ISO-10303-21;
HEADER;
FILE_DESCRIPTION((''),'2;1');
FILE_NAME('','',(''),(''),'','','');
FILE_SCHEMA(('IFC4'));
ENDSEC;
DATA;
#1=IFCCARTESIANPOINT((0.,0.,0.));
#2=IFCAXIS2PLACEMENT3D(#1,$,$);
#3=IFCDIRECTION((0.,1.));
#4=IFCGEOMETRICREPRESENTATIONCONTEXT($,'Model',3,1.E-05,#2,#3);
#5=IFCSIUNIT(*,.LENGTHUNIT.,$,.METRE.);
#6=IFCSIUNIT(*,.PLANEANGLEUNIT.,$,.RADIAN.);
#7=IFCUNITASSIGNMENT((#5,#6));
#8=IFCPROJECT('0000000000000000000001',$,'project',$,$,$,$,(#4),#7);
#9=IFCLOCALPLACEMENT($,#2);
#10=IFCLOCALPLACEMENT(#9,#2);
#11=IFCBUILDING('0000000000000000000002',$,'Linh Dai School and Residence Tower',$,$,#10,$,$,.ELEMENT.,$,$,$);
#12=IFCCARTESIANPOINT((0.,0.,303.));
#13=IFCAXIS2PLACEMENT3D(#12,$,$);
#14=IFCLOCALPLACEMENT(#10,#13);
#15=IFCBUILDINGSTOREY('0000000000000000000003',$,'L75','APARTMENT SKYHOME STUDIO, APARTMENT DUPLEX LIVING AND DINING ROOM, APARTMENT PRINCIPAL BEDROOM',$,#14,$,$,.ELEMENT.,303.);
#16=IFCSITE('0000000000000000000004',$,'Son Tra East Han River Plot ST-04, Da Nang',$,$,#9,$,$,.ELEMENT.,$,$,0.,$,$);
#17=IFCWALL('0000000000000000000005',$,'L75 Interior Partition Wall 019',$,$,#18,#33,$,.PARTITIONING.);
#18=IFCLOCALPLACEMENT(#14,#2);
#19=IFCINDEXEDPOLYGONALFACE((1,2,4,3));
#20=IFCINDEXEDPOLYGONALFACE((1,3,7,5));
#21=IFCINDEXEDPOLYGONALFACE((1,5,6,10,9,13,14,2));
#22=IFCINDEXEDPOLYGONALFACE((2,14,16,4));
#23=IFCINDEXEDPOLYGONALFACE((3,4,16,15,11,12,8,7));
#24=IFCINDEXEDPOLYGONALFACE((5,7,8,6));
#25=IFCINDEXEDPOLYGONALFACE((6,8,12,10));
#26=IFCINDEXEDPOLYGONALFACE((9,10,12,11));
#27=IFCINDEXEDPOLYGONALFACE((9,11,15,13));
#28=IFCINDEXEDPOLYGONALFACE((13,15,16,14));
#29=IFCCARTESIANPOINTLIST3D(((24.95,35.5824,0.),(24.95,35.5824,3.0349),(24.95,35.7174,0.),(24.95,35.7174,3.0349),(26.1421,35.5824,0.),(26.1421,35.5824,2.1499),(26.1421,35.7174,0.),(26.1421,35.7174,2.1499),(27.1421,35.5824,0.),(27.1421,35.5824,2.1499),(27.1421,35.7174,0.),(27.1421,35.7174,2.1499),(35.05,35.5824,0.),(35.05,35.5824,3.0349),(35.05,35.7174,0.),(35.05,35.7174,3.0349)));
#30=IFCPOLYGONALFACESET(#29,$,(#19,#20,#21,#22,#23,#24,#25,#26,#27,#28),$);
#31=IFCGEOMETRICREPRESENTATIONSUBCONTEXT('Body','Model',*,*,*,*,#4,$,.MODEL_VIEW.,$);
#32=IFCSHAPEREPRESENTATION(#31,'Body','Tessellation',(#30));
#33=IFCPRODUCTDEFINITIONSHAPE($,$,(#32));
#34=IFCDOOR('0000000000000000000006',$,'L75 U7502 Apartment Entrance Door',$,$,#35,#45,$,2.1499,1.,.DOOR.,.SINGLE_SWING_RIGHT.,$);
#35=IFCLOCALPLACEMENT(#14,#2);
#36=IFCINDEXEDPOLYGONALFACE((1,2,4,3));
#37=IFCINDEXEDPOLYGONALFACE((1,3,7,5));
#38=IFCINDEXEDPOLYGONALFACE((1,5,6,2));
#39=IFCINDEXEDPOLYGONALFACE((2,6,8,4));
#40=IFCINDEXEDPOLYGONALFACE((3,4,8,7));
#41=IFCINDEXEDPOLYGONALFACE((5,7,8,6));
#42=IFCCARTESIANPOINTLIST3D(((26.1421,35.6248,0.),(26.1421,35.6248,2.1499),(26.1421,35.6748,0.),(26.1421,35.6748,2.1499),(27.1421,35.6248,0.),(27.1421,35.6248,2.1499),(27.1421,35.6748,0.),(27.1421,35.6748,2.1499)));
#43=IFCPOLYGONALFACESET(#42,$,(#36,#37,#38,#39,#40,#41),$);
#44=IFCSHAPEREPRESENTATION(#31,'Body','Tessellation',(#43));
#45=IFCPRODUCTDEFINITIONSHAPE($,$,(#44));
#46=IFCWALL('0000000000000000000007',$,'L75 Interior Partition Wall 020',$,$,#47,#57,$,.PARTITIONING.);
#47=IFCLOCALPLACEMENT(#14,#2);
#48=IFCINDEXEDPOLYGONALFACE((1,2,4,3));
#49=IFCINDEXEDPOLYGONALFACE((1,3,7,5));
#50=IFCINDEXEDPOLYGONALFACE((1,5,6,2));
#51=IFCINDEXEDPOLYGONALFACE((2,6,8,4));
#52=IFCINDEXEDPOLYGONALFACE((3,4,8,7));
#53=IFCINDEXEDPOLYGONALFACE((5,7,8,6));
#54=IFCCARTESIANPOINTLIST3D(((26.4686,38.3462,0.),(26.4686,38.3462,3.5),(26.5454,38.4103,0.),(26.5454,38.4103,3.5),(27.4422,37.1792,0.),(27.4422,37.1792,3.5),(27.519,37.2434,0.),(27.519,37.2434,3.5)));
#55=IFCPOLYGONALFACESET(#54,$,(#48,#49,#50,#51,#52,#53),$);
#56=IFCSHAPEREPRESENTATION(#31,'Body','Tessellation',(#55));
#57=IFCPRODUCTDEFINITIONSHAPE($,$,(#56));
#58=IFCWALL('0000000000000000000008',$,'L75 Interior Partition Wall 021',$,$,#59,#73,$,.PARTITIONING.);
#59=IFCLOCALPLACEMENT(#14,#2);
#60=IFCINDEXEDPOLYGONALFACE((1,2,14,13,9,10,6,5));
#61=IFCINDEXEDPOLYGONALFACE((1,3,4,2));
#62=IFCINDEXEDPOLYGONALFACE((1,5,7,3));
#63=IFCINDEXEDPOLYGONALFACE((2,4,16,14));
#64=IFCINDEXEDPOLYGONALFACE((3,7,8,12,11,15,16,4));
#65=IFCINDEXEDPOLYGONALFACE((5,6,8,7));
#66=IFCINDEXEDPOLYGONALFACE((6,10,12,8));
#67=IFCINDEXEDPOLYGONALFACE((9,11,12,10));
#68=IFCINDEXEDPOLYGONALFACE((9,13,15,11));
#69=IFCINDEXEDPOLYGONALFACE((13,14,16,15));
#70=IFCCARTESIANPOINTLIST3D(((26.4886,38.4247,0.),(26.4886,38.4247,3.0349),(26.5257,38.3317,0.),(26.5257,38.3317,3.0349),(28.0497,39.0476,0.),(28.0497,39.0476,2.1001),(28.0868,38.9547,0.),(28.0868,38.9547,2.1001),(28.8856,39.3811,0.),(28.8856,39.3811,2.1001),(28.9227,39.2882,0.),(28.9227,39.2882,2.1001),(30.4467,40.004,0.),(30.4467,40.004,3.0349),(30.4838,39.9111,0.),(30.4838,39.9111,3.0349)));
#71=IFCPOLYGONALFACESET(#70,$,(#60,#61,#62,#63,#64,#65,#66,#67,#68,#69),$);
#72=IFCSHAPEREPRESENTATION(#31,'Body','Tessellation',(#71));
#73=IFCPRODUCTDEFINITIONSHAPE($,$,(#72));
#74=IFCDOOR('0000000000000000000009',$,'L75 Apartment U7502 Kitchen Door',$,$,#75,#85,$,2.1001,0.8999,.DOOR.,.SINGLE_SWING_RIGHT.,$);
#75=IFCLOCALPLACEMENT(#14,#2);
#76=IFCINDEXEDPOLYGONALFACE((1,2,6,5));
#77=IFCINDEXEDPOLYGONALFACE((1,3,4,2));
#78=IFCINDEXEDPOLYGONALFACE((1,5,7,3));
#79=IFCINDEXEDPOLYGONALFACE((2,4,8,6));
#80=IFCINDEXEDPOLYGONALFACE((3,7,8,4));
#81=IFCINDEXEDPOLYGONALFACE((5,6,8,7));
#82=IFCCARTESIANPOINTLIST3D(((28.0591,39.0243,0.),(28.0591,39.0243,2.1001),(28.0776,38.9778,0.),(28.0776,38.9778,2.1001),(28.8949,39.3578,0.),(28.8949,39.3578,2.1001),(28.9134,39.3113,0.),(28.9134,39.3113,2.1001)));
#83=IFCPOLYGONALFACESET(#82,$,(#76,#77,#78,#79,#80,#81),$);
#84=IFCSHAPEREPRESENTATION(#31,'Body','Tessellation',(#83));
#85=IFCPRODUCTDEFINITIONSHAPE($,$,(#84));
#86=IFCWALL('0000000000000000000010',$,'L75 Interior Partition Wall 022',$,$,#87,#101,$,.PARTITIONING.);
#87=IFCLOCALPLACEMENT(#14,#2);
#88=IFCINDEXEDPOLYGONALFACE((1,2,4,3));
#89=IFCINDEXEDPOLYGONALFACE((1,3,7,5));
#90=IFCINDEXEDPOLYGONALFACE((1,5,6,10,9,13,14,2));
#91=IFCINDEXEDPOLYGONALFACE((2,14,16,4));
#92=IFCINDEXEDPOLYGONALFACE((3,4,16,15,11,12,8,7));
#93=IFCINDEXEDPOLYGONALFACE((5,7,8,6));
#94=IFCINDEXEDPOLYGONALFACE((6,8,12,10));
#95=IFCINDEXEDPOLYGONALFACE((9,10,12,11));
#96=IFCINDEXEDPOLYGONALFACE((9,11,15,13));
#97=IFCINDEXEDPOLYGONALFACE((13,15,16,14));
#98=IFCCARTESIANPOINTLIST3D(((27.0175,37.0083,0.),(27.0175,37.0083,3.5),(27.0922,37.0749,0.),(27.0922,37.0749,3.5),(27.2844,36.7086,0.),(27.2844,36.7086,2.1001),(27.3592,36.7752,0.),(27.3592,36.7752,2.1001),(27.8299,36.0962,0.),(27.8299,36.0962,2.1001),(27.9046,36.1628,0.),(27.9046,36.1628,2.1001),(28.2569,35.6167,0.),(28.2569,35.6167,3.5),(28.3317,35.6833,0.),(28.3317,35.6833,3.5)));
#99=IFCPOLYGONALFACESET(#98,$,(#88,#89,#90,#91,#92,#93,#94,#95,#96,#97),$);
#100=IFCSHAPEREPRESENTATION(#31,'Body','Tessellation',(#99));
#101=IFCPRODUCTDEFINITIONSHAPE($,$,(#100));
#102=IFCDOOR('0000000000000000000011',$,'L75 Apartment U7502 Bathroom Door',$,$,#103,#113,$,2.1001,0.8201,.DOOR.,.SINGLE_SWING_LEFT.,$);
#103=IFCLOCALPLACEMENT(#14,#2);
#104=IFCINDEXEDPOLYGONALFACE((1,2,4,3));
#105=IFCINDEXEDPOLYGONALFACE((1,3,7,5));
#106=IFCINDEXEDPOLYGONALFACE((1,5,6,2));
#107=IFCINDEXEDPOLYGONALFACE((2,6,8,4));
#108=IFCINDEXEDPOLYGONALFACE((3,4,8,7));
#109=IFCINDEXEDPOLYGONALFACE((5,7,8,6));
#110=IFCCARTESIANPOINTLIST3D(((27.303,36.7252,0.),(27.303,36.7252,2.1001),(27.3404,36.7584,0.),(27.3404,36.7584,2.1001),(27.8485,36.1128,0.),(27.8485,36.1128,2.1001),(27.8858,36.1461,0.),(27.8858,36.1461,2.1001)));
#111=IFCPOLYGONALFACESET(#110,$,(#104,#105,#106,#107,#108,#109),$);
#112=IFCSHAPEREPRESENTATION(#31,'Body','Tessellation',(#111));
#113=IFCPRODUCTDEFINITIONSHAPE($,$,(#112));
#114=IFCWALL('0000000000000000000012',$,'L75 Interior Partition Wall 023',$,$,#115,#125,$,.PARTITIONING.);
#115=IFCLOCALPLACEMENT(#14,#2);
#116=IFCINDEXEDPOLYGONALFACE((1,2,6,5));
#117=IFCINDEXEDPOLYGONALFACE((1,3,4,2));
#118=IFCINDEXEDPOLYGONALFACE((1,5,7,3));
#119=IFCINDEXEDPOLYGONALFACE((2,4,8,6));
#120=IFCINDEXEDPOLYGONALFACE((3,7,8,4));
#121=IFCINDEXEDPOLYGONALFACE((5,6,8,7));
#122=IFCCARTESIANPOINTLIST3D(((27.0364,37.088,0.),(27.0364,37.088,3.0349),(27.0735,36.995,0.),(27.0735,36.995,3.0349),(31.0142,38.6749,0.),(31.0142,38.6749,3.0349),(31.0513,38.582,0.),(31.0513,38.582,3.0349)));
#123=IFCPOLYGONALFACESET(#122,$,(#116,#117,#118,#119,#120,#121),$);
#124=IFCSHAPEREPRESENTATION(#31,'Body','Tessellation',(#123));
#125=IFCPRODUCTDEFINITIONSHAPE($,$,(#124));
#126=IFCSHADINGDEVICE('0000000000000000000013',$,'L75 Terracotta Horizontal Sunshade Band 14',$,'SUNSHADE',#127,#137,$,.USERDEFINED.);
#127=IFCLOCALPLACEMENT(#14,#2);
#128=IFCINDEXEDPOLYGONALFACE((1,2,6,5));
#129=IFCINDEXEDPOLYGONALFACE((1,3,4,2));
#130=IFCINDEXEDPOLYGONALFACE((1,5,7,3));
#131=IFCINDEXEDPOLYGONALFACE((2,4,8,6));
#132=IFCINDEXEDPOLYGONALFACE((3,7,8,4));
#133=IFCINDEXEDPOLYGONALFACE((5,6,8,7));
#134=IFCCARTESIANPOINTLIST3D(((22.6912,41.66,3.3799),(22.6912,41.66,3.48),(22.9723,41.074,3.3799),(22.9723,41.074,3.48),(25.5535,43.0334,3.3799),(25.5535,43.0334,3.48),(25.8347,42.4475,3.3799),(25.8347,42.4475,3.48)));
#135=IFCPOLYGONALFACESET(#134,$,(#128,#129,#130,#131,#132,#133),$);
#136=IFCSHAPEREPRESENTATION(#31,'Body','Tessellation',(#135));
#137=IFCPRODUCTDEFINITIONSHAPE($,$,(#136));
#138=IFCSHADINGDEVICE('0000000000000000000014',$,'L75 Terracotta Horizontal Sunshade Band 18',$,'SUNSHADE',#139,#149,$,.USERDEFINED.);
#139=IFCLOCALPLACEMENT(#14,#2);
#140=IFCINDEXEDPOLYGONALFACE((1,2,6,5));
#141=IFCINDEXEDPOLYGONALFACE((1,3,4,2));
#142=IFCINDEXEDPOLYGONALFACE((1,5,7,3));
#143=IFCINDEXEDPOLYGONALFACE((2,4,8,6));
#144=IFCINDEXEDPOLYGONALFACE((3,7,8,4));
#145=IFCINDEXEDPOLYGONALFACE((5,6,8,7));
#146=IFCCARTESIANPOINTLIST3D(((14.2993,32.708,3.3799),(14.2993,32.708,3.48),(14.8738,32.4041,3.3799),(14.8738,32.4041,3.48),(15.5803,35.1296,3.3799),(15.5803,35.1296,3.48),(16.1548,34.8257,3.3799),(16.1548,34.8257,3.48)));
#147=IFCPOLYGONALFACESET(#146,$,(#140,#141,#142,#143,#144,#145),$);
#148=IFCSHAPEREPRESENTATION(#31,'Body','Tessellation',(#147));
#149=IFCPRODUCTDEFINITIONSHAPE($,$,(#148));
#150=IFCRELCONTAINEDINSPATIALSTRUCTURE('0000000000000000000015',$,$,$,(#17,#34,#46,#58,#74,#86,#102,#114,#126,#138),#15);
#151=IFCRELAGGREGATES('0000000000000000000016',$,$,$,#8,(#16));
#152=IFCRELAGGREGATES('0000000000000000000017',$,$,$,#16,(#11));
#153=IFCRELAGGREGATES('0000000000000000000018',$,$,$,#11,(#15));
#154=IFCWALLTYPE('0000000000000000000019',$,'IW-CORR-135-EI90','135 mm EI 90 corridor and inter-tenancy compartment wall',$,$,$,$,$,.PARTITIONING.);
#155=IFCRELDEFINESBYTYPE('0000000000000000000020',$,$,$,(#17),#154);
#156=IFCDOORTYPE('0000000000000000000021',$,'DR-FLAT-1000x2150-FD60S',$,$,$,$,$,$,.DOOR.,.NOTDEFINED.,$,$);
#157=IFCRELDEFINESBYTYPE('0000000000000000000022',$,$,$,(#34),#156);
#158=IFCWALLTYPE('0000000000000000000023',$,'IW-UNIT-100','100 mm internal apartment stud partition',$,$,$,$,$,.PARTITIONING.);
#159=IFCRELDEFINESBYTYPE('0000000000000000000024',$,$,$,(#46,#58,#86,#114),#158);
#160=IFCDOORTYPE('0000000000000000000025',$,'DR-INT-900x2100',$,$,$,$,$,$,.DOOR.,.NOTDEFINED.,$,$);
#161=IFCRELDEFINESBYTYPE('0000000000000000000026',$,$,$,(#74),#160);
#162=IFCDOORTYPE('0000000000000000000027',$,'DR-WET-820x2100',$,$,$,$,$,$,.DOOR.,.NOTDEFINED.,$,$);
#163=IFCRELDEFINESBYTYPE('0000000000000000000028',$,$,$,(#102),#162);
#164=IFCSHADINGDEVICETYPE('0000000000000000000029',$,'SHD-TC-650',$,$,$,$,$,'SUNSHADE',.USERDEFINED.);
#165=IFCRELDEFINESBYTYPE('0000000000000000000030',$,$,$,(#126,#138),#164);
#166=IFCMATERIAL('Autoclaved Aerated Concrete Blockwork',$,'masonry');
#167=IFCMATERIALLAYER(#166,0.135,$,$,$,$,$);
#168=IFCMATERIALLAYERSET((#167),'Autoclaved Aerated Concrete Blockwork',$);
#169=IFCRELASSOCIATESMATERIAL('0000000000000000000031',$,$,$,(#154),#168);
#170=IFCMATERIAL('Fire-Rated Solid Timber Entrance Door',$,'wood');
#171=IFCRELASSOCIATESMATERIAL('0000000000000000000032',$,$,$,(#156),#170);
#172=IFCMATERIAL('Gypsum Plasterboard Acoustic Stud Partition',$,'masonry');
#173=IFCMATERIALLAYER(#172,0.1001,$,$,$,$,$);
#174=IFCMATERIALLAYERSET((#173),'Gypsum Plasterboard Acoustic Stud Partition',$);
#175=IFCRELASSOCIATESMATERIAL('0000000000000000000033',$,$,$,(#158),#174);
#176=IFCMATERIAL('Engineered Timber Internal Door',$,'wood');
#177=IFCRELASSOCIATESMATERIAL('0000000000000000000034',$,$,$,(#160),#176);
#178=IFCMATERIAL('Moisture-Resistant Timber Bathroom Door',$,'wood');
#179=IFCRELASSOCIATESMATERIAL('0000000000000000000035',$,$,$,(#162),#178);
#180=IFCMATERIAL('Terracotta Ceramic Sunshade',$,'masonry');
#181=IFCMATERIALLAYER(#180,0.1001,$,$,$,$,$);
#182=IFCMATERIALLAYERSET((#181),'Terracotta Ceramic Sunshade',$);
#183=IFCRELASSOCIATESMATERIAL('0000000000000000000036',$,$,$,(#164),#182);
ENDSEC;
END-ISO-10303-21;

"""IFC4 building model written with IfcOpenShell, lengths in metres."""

from ifc_helpers import new_model, si_unit, direction, frame, frame_2d, origin, origin_2d, place, context, subcontext, project, spatial, rectangle, extrude, source, transform, mapped, material, layer, layer_set, type_object, element, fill, save


model = new_model("IFC4")

# Units and contexts
model_context = context("Model", 3, precision=1e-05, world=origin(), true_north=direction((0.0, 1.0)))
body_context = subcontext(model_context, "Body", "Model", "MODEL_VIEW")
ifc_project = project(units=[si_unit("LENGTHUNIT", "METRE"), si_unit("PLANEANGLEUNIT", "RADIAN")], contexts=[model_context])

# Site, building, storey
site_placement = place(None, origin())
site = spatial("IfcSite", under=ifc_project, at=site_placement, Name="Son Tra East Han River Plot ST-04, Da Nang", CompositionType="ELEMENT", RefElevation=0.0)
building_placement = place(site_placement, origin())
building = spatial("IfcBuilding", under=site, at=building_placement, Name="Linh Dai School and Residence Tower", CompositionType="ELEMENT")
storey_placement = place(building_placement, frame((0.0, 0.0, 303.0)))
storey = spatial("IfcBuildingStorey", under=building, at=storey_placement, Name="L75", Description="APARTMENT SKYHOME STUDIO, APARTMENT DUPLEX LIVING AND DINING ROOM, APARTMENT PRINCIPAL BEDROOM", CompositionType="ELEMENT", Elevation=303.0)

# Shared definitions
ifc_material_1 = material(Name="Autoclaved Aerated Concrete Blockwork", Category="masonry")
ifc_layer_1 = layer(ifc_material_1, 0.135)
ifc_layer_set_1 = layer_set([ifc_layer_1], Name="Autoclaved Aerated Concrete Blockwork")
wall_type_1 = type_object("IfcWallType", Name="IW-CORR-135-EI90", Description="135 mm EI 90 corridor and inter-tenancy compartment wall", PredefinedType="PARTITIONING", material=ifc_layer_set_1)

# Wall, opening, door
wall_1_placement = place(storey_placement, frame((24.95, 35.6499, 0.0), z_axis=(0.0, 0.0, 1.0), x_axis=(1.0, 0.0, 0.0)))
wall_1 = element("IfcWall", 1, at=wall_1_placement, inside=storey, type_object=wall_type_1, Name="L75 Interior Partition Wall 019", PredefinedType="PARTITIONING", context=body_context, shape_type="SweptSolid", body=[
    extrude(rectangle(XDim=10.1001, YDim=0.135, at=frame_2d((5.05, 0.0))), origin(), (0.0, 0.0, 1.0), 3.0349),
])
opening_1_placement = place(wall_1_placement, frame((1.1921, 0.0, 0.0)))
opening_1 = element("IfcOpeningElement", 2, at=opening_1_placement, cuts=wall_1, PredefinedType="OPENING", context=body_context, shape_type="SweptSolid", body=[
    extrude(rectangle(XDim=1.0, YDim=2.1499, at=origin_2d()), frame((0.5, 0.0776, 1.075), z_axis=(0.0, -1.0, 0.0), x_axis=(1.0, 0.0, 0.0)), (0.0, 0.0, 1.0), 0.155),
])
ifc_material_2 = material(Name="Fire-Rated Solid Timber Entrance Door", Category="wood")
door_type_1 = type_object("IfcDoorType", Name="DR-FLAT-1000x2150-FD60S", OperationType="NOTDEFINED", PredefinedType="DOOR", material=ifc_material_2)
shared_shape_1 = source(origin(), body_context, "Body", "SweptSolid", [
    extrude(rectangle(XDim=1.0, YDim=2.1499, at=origin_2d()), frame((0.5, 0.0249, 1.075), z_axis=(0.0, -1.0, 0.0), x_axis=(1.0, 0.0, 0.0)), (0.0, 0.0, 1.0), 0.05),
])
door_1_placement = place(opening_1_placement, origin())
door_1 = element("IfcDoor", 3, at=door_1_placement, inside=storey, type_object=door_type_1, Name="L75 U7502 Apartment Entrance Door", OperationType="SINGLE_SWING_RIGHT", OverallHeight=2.1499, OverallWidth=1.0, PredefinedType="DOOR", context=body_context, shape_type="MappedRepresentation", body=[
    mapped(shared_shape_1, transform((0.0, 0.0, 0.0), x_axis=(1.0, 0.0, 0.0), y_axis=(0.0, 1.0, 0.0), z_axis=(0.0, 0.0, 1.0), scale=1.0)),
])
fill(opening_1, door_1)

# Wall
ifc_material_3 = material(Name="Gypsum Plasterboard Acoustic Stud Partition", Category="masonry")
ifc_layer_2 = layer(ifc_material_3, 0.1001)
ifc_layer_set_2 = layer_set([ifc_layer_2], Name="Gypsum Plasterboard Acoustic Stud Partition")
wall_type_2 = type_object("IfcWallType", Name="IW-UNIT-100", Description="100 mm internal apartment stud partition", PredefinedType="PARTITIONING", material=ifc_layer_set_2)
wall_2_placement = place(storey_placement, frame((26.5071, 38.3782, 0.0), z_axis=(0.0, 0.0, 1.0), x_axis=(0.640627, -0.767852, 0.0)))
element("IfcWall", 4, at=wall_2_placement, inside=storey, type_object=wall_type_2, Name="L75 Interior Partition Wall 020", PredefinedType="PARTITIONING", context=body_context, shape_type="SweptSolid", body=[
    extrude(rectangle(XDim=1.5198, YDim=0.1001, at=frame_2d((0.7598, 0.0))), origin(), (0.0, 0.0, 1.0), 3.5),
])

# Walls, openings, doors
wall_3_placement = place(storey_placement, frame((26.5071, 38.3782, 0.0), z_axis=(0.0, 0.0, 1.0), x_axis=(0.928788, 0.37061, 0.0)))
wall_3 = element("IfcWall", 5, at=wall_3_placement, inside=storey, type_object=wall_type_2, Name="L75 Interior Partition Wall 021", PredefinedType="PARTITIONING", context=body_context, shape_type="SweptSolid", body=[
    extrude(rectangle(XDim=4.2615, YDim=0.1001, at=frame_2d((2.1309, 0.0))), origin(), (0.0, 0.0, 1.0), 3.0349),
])
opening_2_placement = place(wall_3_placement, frame((1.6809, 0.0, 0.0)))
opening_2 = element("IfcOpeningElement", 6, at=opening_2_placement, cuts=wall_3, PredefinedType="OPENING", context=body_context, shape_type="SweptSolid", body=[
    extrude(rectangle(XDim=0.8999, YDim=2.1001, at=origin_2d()), frame((0.45, 0.0601, 1.05), z_axis=(0.0, -1.0, 0.0), x_axis=(1.0, 0.0, 0.0)), (0.0, 0.0, 1.0), 0.1201),
])
ifc_material_4 = material(Name="Engineered Timber Internal Door", Category="wood")
door_type_2 = type_object("IfcDoorType", Name="DR-INT-900x2100", OperationType="NOTDEFINED", PredefinedType="DOOR", material=ifc_material_4)
shared_shape_2 = source(origin(), body_context, "Body", "SweptSolid", [
    extrude(rectangle(XDim=0.8999, YDim=2.1001, at=origin_2d()), frame((0.45, 0.0249, 1.05), z_axis=(0.0, -1.0, 0.0), x_axis=(1.0, 0.0, 0.0)), (0.0, 0.0, 1.0), 0.05),
])
door_2_placement = place(opening_2_placement, origin())
door_2 = element("IfcDoor", 7, at=door_2_placement, inside=storey, type_object=door_type_2, Name="L75 Apartment U7502 Kitchen Door", OperationType="SINGLE_SWING_RIGHT", OverallHeight=2.1001, OverallWidth=0.8999, PredefinedType="DOOR", context=body_context, shape_type="MappedRepresentation", body=[
    mapped(shared_shape_2, transform((0.0, 0.0, 0.0), x_axis=(1.0, 0.0, 0.0), y_axis=(0.0, 1.0, 0.0), z_axis=(0.0, 0.0, 1.0), scale=1.0)),
])
fill(opening_2, door_2)
wall_4_placement = place(storey_placement, frame((27.0549, 37.0415, 0.0), z_axis=(0.0, 0.0, 1.0), x_axis=(0.66512, -0.746737, 0.0)))
wall_4 = element("IfcWall", 8, at=wall_4_placement, inside=storey, type_object=wall_type_2, Name="L75 Interior Partition Wall 022", PredefinedType="PARTITIONING", context=body_context, shape_type="SweptSolid", body=[
    extrude(rectangle(XDim=1.8635, YDim=0.1001, at=frame_2d((0.9316, 0.0))), origin(), (0.0, 0.0, 1.0), 3.5),
])
opening_3_placement = place(wall_4_placement, frame((0.4011, 0.0, 0.0)))
opening_3 = element("IfcOpeningElement", 9, at=opening_3_placement, cuts=wall_4, PredefinedType="OPENING", context=body_context, shape_type="SweptSolid", body=[
    extrude(rectangle(XDim=0.8201, YDim=2.1001, at=origin_2d()), frame((0.4102, 0.0601, 1.05), z_axis=(0.0, -1.0, 0.0), x_axis=(1.0, 0.0, 0.0)), (0.0, 0.0, 1.0), 0.1201),
])
ifc_material_5 = material(Name="Moisture-Resistant Timber Bathroom Door", Category="wood")
door_type_3 = type_object("IfcDoorType", Name="DR-WET-820x2100", OperationType="NOTDEFINED", PredefinedType="DOOR", material=ifc_material_5)
shared_shape_3 = source(origin(), body_context, "Body", "SweptSolid", [
    extrude(rectangle(XDim=0.8201, YDim=2.1001, at=origin_2d()), frame((0.4102, 0.0249, 1.05), z_axis=(0.0, -1.0, 0.0), x_axis=(1.0, 0.0, 0.0)), (0.0, 0.0, 1.0), 0.05),
])
door_3_placement = place(opening_3_placement, origin())
door_3 = element("IfcDoor", 10, at=door_3_placement, inside=storey, type_object=door_type_3, Name="L75 Apartment U7502 Bathroom Door", OperationType="SINGLE_SWING_LEFT", OverallHeight=2.1001, OverallWidth=0.8201, PredefinedType="DOOR", context=body_context, shape_type="MappedRepresentation", body=[
    mapped(shared_shape_3, transform((0.0, 0.0, 0.0), x_axis=(1.0, 0.0, 0.0), y_axis=(0.0, 1.0, 0.0), z_axis=(0.0, 0.0, 1.0), scale=1.0)),
])
fill(opening_3, door_3)

# Wall
wall_5_placement = place(storey_placement, frame((27.0549, 37.0415, 0.0), z_axis=(0.0, 0.0, 1.0), x_axis=(0.928814, 0.370545, 0.0)))
element("IfcWall", 11, at=wall_5_placement, inside=storey, type_object=wall_type_2, Name="L75 Interior Partition Wall 023", PredefinedType="PARTITIONING", context=body_context, shape_type="SweptSolid", body=[
    extrude(rectangle(XDim=4.2827, YDim=0.1001, at=frame_2d((2.1414, 0.0))), origin(), (0.0, 0.0, 1.0), 3.0349),
])

# Shading devices
ifc_material_6 = material(Name="Terracotta Ceramic Sunshade", Category="masonry")
ifc_layer_3 = layer(ifc_material_6, 0.1001)
ifc_layer_set_3 = layer_set([ifc_layer_3], Name="Terracotta Ceramic Sunshade")
shading_device_type = type_object("IfcShadingDeviceType", Name="SHD-TC-650", ElementType="SUNSHADE", PredefinedType="USERDEFINED", material=ifc_layer_set_3)
shared_shape_4 = source(origin(), body_context, "Body", "SweptSolid", [
    extrude(rectangle(XDim=3.1748, YDim=0.6499, at=origin_2d()), origin(), (0.0, 0.0, 1.0), 0.1001),
])
shading_device_1_placement = place(storey_placement, frame((24.2629, 42.0537, 3.3799), z_axis=(0.0, 0.0, 1.0), x_axis=(0.90158, 0.432612, 0.0)))
element("IfcShadingDevice", 12, at=shading_device_1_placement, inside=storey, type_object=shading_device_type, Name="L75 Terracotta Horizontal Sunshade Band 14", ObjectType="SUNSHADE", PredefinedType="USERDEFINED", context=body_context, shape_type="MappedRepresentation", body=[
    mapped(shared_shape_4, transform((0.0, 0.0, 0.0), x_axis=(1.0, 0.0, 0.0), y_axis=(0.0, 1.0, 0.0), z_axis=(0.0, 0.0, 1.0), scale=1.0)),
])
shared_shape_5 = source(origin(), body_context, "Body", "SweptSolid", [
    extrude(rectangle(XDim=2.7395, YDim=0.6499, at=origin_2d()), origin(), (0.0, 0.0, 1.0), 0.1001),
])
shading_device_2_placement = place(storey_placement, frame((15.2271, 33.7668, 3.3799), z_axis=(0.0, 0.0, 1.0), x_axis=(0.467604, 0.883938, 0.0)))
element("IfcShadingDevice", 13, at=shading_device_2_placement, inside=storey, type_object=shading_device_type, Name="L75 Terracotta Horizontal Sunshade Band 18", ObjectType="SUNSHADE", PredefinedType="USERDEFINED", context=body_context, shape_type="MappedRepresentation", body=[
    mapped(shared_shape_5, transform((0.0, 0.0, 0.0), x_axis=(1.0, 0.0, 0.0), y_axis=(0.0, 1.0, 0.0), z_axis=(0.0, 0.0, 1.0), scale=1.0)),
])

save(model, "model.ifc")
